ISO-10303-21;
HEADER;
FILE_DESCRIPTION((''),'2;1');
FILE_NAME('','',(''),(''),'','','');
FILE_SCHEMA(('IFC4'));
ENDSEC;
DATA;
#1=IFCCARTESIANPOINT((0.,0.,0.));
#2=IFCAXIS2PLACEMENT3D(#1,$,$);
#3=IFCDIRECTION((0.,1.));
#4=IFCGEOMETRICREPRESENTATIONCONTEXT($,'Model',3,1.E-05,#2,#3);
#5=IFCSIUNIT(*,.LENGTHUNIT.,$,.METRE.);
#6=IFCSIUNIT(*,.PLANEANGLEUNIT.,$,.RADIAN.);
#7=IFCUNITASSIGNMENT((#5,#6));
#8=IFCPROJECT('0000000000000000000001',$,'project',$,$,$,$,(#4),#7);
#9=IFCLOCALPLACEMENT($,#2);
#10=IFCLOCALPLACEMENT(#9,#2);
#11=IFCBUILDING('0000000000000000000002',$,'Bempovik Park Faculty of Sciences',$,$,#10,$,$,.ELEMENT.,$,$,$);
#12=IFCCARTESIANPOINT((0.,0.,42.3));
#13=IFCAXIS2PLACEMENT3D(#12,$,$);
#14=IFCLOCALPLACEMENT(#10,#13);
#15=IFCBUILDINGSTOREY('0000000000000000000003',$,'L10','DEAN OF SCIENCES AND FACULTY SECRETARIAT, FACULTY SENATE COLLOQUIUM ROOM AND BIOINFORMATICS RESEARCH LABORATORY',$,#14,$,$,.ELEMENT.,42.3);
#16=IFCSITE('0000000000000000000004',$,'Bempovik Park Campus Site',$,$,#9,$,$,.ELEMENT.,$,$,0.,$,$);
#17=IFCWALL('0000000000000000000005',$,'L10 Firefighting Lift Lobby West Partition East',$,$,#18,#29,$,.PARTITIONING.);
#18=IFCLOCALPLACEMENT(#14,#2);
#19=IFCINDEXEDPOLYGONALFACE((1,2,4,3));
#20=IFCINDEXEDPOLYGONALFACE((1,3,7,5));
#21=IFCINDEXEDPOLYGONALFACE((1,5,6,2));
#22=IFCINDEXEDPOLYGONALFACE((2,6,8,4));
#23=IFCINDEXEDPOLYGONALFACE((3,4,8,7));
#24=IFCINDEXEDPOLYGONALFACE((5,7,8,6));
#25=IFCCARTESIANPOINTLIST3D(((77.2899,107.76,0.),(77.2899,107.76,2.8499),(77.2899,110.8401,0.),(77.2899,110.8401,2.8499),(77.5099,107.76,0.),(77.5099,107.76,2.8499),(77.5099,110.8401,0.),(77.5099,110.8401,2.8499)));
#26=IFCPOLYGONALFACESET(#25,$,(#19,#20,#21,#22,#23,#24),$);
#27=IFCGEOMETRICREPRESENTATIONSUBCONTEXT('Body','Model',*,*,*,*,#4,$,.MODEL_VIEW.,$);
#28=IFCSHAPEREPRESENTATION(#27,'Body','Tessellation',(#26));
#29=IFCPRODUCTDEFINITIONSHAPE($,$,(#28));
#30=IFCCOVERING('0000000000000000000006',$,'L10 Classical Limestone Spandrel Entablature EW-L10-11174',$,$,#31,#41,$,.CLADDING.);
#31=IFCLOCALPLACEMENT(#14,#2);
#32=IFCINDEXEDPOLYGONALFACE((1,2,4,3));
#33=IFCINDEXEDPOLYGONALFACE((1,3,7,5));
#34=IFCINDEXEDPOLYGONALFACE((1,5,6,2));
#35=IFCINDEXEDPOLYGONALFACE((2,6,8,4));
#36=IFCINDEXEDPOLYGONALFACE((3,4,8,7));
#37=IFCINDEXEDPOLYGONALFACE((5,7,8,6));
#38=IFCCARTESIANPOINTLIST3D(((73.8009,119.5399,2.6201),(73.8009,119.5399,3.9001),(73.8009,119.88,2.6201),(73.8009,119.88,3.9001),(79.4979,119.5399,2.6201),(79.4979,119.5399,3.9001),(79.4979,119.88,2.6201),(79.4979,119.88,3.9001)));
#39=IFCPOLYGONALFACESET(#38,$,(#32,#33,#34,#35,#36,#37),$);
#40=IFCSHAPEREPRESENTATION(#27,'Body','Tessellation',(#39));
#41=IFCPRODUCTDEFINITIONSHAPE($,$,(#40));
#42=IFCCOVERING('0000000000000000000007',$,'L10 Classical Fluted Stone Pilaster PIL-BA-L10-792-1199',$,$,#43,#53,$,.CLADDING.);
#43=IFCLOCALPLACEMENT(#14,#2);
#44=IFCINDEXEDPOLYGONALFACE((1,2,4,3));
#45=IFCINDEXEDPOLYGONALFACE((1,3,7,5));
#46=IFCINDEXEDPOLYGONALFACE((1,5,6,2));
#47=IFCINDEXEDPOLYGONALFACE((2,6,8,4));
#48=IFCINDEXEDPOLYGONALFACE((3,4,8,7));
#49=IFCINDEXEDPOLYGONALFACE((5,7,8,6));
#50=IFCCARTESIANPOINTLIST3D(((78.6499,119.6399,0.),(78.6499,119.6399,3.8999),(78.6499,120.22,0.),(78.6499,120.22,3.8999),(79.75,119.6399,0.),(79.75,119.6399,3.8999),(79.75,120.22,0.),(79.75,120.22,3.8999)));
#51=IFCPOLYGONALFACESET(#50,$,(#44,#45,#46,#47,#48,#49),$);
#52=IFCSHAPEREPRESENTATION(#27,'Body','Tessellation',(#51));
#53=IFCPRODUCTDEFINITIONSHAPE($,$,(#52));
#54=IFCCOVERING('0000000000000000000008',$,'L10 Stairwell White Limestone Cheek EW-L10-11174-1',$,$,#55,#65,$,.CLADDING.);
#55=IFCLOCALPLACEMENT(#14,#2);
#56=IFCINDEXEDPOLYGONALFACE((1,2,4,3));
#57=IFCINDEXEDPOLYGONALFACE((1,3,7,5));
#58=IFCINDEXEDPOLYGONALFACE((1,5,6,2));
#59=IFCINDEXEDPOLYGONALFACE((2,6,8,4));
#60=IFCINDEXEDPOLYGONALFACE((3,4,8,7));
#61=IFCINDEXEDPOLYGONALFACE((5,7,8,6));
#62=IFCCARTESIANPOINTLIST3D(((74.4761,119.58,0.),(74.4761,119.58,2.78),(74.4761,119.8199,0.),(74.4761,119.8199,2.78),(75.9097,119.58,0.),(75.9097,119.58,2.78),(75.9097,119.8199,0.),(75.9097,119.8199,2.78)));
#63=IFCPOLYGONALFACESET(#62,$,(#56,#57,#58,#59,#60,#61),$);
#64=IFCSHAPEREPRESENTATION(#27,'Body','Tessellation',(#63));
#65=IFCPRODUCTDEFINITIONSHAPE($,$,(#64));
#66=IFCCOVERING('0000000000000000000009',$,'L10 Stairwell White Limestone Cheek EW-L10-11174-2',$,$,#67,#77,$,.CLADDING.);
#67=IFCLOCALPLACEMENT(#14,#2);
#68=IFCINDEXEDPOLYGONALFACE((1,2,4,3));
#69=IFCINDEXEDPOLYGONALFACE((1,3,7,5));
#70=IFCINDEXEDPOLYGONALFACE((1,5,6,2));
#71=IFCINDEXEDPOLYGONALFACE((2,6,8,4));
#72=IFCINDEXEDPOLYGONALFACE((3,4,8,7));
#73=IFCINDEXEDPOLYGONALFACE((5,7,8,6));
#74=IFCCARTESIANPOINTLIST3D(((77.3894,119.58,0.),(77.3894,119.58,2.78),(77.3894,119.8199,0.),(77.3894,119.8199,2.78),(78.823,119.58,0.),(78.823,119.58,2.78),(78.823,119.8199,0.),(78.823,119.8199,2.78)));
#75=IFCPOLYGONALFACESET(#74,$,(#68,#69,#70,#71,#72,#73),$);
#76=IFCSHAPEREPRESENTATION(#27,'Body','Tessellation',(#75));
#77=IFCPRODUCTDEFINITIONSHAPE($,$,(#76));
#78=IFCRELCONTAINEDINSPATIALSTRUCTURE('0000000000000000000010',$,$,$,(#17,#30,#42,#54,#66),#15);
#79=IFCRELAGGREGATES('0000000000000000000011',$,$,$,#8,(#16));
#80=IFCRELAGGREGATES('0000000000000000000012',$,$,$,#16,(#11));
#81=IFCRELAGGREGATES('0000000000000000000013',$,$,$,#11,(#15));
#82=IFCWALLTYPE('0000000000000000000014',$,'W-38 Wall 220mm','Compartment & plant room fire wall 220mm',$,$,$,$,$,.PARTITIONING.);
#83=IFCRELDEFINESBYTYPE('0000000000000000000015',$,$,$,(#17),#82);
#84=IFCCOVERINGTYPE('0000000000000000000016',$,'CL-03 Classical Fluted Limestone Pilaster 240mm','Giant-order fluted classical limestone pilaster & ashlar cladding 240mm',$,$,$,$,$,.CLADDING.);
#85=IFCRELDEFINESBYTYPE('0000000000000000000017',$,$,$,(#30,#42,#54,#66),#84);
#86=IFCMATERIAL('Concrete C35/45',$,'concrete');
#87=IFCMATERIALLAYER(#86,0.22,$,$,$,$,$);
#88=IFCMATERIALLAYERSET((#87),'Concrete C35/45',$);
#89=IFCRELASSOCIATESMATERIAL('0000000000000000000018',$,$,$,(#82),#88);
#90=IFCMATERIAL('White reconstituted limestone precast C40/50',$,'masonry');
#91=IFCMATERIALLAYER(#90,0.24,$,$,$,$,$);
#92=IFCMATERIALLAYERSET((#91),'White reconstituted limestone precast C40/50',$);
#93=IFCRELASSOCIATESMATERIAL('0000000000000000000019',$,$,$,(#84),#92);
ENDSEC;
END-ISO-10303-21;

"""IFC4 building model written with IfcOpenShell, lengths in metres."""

from ifc_helpers import new_model, si_unit, direction, frame, frame_2d, origin, origin_2d, place, context, subcontext, project, spatial, rectangle, extrude, material, layer, layer_set, type_object, element, save


model = new_model("IFC4")

# Units and contexts
model_context = context("Model", 3, precision=1e-05, world=origin(), true_north=direction((0.0, 1.0)))
body_context = subcontext(model_context, "Body", "Model", "MODEL_VIEW")
ifc_project = project(units=[si_unit("LENGTHUNIT", "METRE"), si_unit("PLANEANGLEUNIT", "RADIAN")], contexts=[model_context])

# Site, building, storey
site_placement = place(None, origin())
site = spatial("IfcSite", under=ifc_project, at=site_placement, Name="Bempovik Park Campus Site", CompositionType="ELEMENT", RefElevation=0.0)
building_placement = place(site_placement, origin())
building = spatial("IfcBuilding", under=site, at=building_placement, Name="Bempovik Park Faculty of Sciences", CompositionType="ELEMENT")
storey_placement = place(building_placement, frame((0.0, 0.0, 42.3)))
storey = spatial("IfcBuildingStorey", under=building, at=storey_placement, Name="L10", Description="DEAN OF SCIENCES AND FACULTY SECRETARIAT, FACULTY SENATE COLLOQUIUM ROOM AND BIOINFORMATICS RESEARCH LABORATORY", CompositionType="ELEMENT", Elevation=42.3)

# Shared definitions
ifc_material_1 = material(Name="Concrete C35/45", Category="concrete")

# Wall
ifc_layer_1 = layer(ifc_material_1, 0.22)
ifc_layer_set_1 = layer_set([ifc_layer_1], Name="Concrete C35/45")
wall_type_1 = type_object("IfcWallType", Name="W-38 Wall 220mm", Description="Compartment & plant room fire wall 220mm", PredefinedType="PARTITIONING", material=ifc_layer_set_1)
wall_1_placement = place(storey_placement, frame((77.3999, 107.76, 0.0), z_axis=(0.0, 0.0, 1.0), x_axis=(0.0, 1.0, 0.0)))
element("IfcWall", 1, at=wall_1_placement, inside=storey, type_object=wall_type_1, Name="L10 Firefighting Lift Lobby West Partition East", PredefinedType="PARTITIONING", context=body_context, shape_type="SweptSolid", body=[
    extrude(rectangle(XDim=3.0801, YDim=0.22, at=frame_2d((1.54, 0.0))), origin(), (0.0, 0.0, 1.0), 2.8499),
])

# Coverings
ifc_material_2 = material(Name="White reconstituted limestone precast C40/50", Category="masonry")
ifc_layer_2 = layer(ifc_material_2, 0.24)
ifc_layer_set_2 = layer_set([ifc_layer_2], Name="White reconstituted limestone precast C40/50")
covering_type = type_object("IfcCoveringType", Name="CL-03 Classical Fluted Limestone Pilaster 240mm", Description="Giant-order fluted classical limestone pilaster & ashlar cladding 240mm", PredefinedType="CLADDING", material=ifc_layer_set_2)
covering_1_placement = place(storey_placement, frame((76.6494, 119.71, 2.6201), z_axis=(0.0, 0.0, 1.0), x_axis=(1.0, 0.0, 0.0)))
element("IfcCovering", 2, at=covering_1_placement, inside=storey, type_object=covering_type, Name="L10 Classical Limestone Spandrel Entablature EW-L10-11174", PredefinedType="CLADDING", context=body_context, shape_type="SweptSolid", body=[
    extrude(rectangle(XDim=5.697, YDim=0.3401, at=origin_2d()), origin(), (0.0, 0.0, 1.0), 1.28),
])
covering_2_placement = place(storey_placement, frame((79.2, 119.9299, 0.0), z_axis=(0.0, 0.0, 1.0), x_axis=(1.0, 0.0, 0.0)))
element("IfcCovering", 3, at=covering_2_placement, inside=storey, type_object=covering_type, Name="L10 Classical Fluted Stone Pilaster PIL-BA-L10-792-1199", PredefinedType="CLADDING", context=body_context, shape_type="SweptSolid", body=[
    extrude(rectangle(XDim=1.1001, YDim=0.5801, at=origin_2d()), origin(), (0.0, 0.0, 1.0), 3.8999),
])
for number, where, z_axis, x_axis, name in (
    (4, (75.1929, 119.7, 0.0), (0.0, 0.0, 1.0), (1.0, 0.0, 0.0), "L10 Stairwell White Limestone Cheek EW-L10-11174-1"),
    (5, (78.1062, 119.7, 0.0), (0.0, 0.0, 1.0), (1.0, 0.0, 0.0), "L10 Stairwell White Limestone Cheek EW-L10-11174-2"),
):
    element("IfcCovering", number, at=place(storey_placement, frame(where, z_axis=z_axis, x_axis=x_axis)), inside=storey, type_object=covering_type, Name=name, PredefinedType="CLADDING", context=body_context, shape_type="SweptSolid", body=[
        extrude(rectangle(XDim=1.4336, YDim=0.24, at=origin_2d()), origin(), (0.0, 0.0, 1.0), 2.78),
    ])

save(model, "model.ifc")
